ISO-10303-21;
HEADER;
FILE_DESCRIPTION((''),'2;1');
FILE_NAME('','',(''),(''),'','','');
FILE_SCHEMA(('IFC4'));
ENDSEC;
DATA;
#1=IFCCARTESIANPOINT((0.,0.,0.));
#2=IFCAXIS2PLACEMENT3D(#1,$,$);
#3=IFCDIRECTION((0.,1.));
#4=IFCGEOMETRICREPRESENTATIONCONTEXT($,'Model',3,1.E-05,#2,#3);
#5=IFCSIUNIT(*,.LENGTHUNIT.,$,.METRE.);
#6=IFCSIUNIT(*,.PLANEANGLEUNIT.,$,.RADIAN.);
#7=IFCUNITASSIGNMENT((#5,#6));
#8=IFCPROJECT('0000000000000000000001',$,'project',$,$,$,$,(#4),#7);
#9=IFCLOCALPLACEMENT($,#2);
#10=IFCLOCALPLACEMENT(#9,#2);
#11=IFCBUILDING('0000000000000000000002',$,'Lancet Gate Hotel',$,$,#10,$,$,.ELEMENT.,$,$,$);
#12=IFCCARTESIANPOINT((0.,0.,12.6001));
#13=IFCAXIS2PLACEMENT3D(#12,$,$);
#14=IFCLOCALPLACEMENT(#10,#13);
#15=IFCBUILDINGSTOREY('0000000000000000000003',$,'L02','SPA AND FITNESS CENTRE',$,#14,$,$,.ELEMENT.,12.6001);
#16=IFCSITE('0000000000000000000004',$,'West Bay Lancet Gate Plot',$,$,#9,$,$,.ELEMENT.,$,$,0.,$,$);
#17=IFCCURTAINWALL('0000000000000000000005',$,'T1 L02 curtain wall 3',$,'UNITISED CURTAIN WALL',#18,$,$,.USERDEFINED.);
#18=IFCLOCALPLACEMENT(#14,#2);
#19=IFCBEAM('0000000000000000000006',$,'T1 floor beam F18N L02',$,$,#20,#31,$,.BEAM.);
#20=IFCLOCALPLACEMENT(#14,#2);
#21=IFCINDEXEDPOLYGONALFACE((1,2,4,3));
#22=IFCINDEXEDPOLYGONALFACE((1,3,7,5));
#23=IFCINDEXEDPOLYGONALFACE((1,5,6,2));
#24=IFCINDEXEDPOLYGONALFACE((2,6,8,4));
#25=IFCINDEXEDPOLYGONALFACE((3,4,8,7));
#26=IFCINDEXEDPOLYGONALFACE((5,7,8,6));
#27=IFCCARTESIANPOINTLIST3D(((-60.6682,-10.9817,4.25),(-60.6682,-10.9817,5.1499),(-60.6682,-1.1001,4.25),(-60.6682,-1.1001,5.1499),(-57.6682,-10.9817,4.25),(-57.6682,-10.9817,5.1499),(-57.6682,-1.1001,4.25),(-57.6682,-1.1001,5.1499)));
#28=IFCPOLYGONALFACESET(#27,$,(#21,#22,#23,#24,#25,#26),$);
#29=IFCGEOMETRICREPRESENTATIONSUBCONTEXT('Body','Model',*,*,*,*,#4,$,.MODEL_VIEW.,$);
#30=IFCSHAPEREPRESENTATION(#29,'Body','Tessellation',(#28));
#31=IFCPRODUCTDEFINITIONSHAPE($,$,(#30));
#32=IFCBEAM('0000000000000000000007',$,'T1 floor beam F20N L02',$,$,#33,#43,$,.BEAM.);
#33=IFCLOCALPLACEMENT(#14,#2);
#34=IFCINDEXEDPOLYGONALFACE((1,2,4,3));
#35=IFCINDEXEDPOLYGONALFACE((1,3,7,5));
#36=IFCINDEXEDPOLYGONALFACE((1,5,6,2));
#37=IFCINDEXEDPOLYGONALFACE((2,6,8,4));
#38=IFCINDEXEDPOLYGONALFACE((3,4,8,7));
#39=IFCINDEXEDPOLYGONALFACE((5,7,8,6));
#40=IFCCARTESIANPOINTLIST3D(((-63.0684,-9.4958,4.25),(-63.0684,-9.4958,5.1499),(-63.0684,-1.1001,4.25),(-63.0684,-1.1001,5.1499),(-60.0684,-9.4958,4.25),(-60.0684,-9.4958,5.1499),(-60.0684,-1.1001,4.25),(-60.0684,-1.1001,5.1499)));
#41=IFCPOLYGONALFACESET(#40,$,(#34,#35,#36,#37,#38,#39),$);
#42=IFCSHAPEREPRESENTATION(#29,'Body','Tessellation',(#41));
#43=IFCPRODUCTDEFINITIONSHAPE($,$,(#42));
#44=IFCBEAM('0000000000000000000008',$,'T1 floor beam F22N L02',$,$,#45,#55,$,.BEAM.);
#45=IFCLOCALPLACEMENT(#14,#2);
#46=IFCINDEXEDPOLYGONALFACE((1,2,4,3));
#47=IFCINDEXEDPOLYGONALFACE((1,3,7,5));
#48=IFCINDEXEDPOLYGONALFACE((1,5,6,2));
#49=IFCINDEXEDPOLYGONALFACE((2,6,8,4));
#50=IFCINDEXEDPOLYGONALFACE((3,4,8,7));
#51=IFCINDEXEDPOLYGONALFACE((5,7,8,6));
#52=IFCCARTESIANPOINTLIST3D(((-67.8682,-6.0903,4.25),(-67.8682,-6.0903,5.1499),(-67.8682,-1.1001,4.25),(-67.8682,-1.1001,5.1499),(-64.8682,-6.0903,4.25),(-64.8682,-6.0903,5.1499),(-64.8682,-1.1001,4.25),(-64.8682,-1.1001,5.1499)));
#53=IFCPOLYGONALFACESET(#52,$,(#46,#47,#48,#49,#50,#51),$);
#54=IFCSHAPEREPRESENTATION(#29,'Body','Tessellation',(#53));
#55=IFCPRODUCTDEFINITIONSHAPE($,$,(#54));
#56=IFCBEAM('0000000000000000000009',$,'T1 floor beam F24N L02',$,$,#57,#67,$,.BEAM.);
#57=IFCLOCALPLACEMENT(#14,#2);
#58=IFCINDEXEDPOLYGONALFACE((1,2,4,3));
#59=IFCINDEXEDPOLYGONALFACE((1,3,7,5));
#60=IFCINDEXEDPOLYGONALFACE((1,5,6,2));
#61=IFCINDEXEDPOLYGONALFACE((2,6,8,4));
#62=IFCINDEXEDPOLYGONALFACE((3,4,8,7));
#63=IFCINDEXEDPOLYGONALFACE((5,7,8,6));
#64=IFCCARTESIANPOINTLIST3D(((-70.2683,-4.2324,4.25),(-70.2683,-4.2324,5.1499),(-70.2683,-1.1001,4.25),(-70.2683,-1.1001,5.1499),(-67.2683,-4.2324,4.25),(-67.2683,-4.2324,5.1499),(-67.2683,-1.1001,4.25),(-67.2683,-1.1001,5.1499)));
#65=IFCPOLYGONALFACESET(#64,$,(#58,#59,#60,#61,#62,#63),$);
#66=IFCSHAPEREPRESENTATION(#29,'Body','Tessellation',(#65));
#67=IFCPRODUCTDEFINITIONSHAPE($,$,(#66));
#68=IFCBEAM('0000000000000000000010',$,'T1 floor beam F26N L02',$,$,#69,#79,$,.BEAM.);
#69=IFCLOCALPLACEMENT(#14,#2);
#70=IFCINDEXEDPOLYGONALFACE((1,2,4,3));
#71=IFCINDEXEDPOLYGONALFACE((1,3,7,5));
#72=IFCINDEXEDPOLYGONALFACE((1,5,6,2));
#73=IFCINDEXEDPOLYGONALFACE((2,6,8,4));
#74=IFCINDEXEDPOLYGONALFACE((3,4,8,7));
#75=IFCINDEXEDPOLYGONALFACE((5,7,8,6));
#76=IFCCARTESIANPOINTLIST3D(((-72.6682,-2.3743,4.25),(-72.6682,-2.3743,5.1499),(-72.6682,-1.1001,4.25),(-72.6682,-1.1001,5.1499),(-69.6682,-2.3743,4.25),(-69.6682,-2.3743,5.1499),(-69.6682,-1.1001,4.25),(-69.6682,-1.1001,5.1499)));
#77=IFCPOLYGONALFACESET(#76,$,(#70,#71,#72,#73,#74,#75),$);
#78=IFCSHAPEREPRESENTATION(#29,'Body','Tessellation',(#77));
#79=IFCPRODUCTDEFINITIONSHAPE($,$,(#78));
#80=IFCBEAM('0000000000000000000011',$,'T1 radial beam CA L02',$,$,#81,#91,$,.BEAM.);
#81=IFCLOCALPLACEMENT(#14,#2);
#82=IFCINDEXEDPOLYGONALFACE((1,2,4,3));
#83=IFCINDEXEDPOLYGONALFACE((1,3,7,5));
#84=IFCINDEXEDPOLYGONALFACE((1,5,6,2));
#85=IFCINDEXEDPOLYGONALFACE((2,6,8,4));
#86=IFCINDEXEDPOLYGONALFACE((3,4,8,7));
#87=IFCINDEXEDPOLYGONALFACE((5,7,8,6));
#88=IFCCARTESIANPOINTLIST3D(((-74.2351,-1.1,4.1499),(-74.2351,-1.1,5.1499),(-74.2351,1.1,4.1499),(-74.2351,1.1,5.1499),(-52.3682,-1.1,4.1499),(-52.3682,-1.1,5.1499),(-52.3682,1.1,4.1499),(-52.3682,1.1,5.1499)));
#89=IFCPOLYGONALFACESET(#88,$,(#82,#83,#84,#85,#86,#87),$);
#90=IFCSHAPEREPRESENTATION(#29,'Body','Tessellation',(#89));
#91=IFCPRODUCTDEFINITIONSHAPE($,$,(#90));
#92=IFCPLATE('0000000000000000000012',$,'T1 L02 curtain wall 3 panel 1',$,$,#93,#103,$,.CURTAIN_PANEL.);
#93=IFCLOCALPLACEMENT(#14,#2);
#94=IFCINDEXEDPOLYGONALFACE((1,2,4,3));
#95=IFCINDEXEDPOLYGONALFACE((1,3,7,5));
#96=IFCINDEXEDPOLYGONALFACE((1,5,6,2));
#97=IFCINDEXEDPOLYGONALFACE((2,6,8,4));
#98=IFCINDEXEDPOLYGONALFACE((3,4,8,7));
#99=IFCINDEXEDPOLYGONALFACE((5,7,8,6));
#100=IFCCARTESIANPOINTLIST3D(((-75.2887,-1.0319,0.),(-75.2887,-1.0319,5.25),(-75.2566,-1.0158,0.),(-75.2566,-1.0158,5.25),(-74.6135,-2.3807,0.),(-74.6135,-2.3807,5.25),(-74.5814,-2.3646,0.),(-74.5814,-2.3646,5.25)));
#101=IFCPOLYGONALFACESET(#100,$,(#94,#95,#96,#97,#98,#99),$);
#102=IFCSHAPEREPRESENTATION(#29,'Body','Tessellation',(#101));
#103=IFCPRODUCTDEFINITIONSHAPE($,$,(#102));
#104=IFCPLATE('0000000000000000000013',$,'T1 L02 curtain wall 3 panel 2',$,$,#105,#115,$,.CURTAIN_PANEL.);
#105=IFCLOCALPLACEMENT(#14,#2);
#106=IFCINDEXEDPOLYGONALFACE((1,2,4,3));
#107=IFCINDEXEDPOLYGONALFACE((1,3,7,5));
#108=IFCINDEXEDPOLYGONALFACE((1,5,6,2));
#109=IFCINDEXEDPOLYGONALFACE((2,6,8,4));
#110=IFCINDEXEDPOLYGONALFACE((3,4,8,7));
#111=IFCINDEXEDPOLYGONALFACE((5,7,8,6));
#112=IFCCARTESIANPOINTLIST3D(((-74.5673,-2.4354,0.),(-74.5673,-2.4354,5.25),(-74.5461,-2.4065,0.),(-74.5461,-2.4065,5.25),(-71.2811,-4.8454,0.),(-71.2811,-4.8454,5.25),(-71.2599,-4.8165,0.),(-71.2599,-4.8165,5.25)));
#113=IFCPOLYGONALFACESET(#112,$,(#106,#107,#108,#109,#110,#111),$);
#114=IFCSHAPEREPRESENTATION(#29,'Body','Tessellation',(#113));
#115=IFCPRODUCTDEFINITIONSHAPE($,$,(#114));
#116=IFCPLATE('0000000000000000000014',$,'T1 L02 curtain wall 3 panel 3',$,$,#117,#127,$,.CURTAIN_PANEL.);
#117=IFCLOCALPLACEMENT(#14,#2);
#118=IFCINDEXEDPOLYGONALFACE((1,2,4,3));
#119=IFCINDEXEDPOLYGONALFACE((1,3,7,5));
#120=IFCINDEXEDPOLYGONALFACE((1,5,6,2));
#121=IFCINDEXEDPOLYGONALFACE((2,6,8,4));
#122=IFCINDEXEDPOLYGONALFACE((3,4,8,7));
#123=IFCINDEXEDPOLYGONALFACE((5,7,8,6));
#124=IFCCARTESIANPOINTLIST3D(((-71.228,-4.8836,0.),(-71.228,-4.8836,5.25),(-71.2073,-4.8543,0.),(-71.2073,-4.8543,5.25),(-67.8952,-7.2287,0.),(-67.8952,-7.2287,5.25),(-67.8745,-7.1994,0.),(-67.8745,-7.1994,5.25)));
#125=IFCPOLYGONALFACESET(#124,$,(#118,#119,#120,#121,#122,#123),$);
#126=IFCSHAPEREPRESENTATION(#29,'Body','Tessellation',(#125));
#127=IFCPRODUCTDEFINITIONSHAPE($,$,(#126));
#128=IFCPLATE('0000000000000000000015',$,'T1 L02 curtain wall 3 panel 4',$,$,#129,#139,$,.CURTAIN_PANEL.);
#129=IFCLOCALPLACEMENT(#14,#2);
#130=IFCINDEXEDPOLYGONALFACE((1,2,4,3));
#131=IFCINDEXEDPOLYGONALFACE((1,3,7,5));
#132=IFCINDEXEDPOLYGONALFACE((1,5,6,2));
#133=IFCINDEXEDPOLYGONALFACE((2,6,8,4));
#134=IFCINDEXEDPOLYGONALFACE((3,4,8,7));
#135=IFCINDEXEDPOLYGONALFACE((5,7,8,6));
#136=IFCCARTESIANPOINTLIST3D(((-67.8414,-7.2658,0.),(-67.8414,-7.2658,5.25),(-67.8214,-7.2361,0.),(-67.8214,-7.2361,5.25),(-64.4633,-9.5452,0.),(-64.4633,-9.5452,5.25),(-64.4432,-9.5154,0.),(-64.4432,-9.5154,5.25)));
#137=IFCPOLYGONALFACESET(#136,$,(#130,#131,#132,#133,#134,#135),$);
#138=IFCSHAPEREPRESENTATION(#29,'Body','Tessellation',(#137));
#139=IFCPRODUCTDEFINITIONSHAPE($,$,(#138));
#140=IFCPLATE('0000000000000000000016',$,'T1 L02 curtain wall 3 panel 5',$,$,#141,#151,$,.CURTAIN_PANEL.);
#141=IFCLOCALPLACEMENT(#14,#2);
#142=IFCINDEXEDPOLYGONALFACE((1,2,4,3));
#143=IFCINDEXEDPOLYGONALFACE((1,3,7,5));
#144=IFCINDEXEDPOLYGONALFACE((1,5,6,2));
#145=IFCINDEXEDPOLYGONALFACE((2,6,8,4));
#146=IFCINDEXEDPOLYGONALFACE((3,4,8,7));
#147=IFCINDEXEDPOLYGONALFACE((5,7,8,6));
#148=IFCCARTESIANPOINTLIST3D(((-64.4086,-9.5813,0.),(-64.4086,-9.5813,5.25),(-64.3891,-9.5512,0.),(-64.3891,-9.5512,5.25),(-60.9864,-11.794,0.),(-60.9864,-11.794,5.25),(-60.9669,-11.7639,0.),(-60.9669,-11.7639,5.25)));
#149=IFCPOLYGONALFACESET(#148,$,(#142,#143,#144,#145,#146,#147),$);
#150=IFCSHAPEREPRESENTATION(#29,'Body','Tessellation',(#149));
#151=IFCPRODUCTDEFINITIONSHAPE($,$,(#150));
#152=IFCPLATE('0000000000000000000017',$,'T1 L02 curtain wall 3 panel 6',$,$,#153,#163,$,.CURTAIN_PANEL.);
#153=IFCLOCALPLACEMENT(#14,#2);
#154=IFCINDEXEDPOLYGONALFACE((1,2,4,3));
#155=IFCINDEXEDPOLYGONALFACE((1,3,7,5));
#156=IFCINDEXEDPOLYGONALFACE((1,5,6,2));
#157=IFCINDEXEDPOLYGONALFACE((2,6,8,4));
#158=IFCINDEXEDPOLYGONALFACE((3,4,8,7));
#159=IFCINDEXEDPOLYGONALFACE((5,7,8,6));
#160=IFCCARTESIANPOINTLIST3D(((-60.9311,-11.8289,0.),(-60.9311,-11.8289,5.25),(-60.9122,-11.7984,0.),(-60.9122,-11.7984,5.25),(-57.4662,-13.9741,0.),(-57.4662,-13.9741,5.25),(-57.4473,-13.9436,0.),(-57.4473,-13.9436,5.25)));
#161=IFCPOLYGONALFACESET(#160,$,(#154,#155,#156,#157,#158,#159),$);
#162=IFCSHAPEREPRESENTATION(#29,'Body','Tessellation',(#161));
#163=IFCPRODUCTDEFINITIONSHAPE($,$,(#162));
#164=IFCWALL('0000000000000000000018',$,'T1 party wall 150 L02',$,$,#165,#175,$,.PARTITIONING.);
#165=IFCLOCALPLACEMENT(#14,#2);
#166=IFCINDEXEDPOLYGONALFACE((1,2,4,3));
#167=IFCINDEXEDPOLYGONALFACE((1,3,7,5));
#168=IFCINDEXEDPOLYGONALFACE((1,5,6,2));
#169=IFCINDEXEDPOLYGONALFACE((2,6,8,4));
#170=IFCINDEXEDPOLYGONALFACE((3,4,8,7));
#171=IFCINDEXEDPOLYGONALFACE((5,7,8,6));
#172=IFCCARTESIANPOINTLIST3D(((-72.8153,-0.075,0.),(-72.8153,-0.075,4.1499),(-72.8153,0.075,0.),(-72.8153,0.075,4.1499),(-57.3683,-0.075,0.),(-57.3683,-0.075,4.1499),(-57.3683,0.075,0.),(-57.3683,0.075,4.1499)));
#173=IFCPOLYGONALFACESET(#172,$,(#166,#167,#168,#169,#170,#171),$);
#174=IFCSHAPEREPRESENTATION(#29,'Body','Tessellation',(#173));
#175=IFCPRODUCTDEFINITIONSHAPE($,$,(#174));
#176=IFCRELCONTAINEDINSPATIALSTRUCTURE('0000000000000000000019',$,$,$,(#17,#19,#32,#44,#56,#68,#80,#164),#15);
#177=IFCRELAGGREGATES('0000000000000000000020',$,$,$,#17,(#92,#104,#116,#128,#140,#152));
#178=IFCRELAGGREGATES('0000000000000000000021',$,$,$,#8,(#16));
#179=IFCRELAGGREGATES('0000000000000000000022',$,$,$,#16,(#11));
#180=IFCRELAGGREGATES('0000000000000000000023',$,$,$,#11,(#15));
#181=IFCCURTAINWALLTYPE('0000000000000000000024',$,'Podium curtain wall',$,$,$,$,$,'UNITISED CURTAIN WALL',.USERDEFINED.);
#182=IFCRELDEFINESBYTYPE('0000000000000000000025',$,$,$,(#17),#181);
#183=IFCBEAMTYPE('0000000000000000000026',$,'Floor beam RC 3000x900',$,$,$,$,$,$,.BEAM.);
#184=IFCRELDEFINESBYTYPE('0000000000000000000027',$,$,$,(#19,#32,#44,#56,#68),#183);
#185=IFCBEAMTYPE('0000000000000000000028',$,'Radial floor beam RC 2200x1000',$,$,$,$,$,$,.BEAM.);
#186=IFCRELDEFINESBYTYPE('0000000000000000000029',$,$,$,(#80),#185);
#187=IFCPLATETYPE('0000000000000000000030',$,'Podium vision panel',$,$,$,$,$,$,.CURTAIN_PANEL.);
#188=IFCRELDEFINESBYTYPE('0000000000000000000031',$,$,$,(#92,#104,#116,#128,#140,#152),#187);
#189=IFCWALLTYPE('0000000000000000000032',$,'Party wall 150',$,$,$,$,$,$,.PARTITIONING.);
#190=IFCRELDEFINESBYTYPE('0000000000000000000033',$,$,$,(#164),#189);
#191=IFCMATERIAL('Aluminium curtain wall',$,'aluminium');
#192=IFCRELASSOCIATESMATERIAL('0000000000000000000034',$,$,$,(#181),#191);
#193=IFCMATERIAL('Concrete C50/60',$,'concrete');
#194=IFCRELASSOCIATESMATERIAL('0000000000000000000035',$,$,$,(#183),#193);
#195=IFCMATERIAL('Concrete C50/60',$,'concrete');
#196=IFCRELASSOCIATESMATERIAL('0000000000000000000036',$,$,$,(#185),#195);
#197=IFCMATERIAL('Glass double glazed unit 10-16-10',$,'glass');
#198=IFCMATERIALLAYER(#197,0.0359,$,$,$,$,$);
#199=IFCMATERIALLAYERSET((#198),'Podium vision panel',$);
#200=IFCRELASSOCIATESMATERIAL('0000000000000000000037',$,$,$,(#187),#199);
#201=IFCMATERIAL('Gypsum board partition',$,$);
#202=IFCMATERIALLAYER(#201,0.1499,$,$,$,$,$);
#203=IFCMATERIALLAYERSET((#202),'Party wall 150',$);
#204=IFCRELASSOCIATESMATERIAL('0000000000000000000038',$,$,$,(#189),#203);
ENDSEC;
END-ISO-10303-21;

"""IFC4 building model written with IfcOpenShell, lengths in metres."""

from ifc_helpers import new_model, si_unit, direction, frame, frame_2d, origin, origin_2d, place, context, subcontext, project, spatial, rectangle, extrude, material, layer, layer_set, material_profile, profile_set, type_object, element, aggregate, save


model = new_model("IFC4")

# Units and contexts
model_context = context("Model", 3, precision=1e-05, world=origin(), true_north=direction((0.0, 1.0)))
body_context = subcontext(model_context, "Body", "Model", "MODEL_VIEW")
ifc_project = project(units=[si_unit("LENGTHUNIT", "METRE"), si_unit("PLANEANGLEUNIT", "RADIAN")], contexts=[model_context])

# Site, building, storey
site_placement = place(None, origin())
site = spatial("IfcSite", under=ifc_project, at=site_placement, Name="West Bay Lancet Gate Plot", CompositionType="ELEMENT", RefElevation=0.0)
building_placement = place(site_placement, origin())
building = spatial("IfcBuilding", under=site, at=building_placement, Name="Lancet Gate Hotel", CompositionType="ELEMENT")
storey_placement = place(building_placement, frame((0.0, 0.0, 12.6001)))
storey = spatial("IfcBuildingStorey", under=building, at=storey_placement, Name="L02", Description="SPA AND FITNESS CENTRE", CompositionType="ELEMENT", Elevation=12.6001)

# Shared definitions
ifc_material_1 = material(Name="Aluminium curtain wall", Category="aluminium")
curtain_wall_type = type_object("IfcCurtainWallType", Name="Podium curtain wall", ElementType="UNITISED CURTAIN WALL", PredefinedType="USERDEFINED", material=ifc_material_1)

# Curtain wall
curtain_wall_1_placement = place(storey_placement, origin())
curtain_wall_1 = element("IfcCurtainWall", 1, at=curtain_wall_1_placement, inside=storey, type_object=curtain_wall_type, Name="T1 L02 curtain wall 3", ObjectType="UNITISED CURTAIN WALL", PredefinedType="USERDEFINED")

# Beams
ifc_material_2 = material(Name="Concrete C50/60", Category="concrete")
ifc_material_profile_1 = material_profile(ifc_material_2, rectangle(XDim=3.0, YDim=0.8999, at=origin_2d()), Name="RC 3000x900")
ifc_profile_set_1 = profile_set([ifc_material_profile_1], Name="Concrete C50/60")
beam_type_1 = type_object("IfcBeamType", Name="Floor beam RC 3000x900", PredefinedType="BEAM", material=ifc_profile_set_1)
beam_1_placement = place(storey_placement, frame((-59.1682, -1.1001, 4.7), z_axis=(0.0, -1.0, 0.0), x_axis=(1.0, 0.0, 0.0)))
element("IfcBeam", 2, at=beam_1_placement, inside=storey, type_object=beam_type_1, Name="T1 floor beam F18N L02", PredefinedType="BEAM", context=body_context, shape_type="SweptSolid", body=[
    extrude(rectangle(XDim=3.0, YDim=0.8999, at=origin_2d()), origin(), (0.0, 0.0, 1.0), 9.8816),
])
beam_2_placement = place(storey_placement, frame((-61.5684, -1.1001, 4.7), z_axis=(0.0, -1.0, 0.0), x_axis=(1.0, 0.0, 0.0)))
element("IfcBeam", 3, at=beam_2_placement, inside=storey, type_object=beam_type_1, Name="T1 floor beam F20N L02", PredefinedType="BEAM", context=body_context, shape_type="SweptSolid", body=[
    extrude(rectangle(XDim=3.0, YDim=0.8999, at=origin_2d()), origin(), (0.0, 0.0, 1.0), 8.3958),
])
beam_3_placement = place(storey_placement, frame((-66.3682, -1.1001, 4.7), z_axis=(0.0, -1.0, 0.0), x_axis=(1.0, 0.0, 0.0)))
element("IfcBeam", 4, at=beam_3_placement, inside=storey, type_object=beam_type_1, Name="T1 floor beam F22N L02", PredefinedType="BEAM", context=body_context, shape_type="SweptSolid", body=[
    extrude(rectangle(XDim=3.0, YDim=0.8999, at=origin_2d()), origin(), (0.0, 0.0, 1.0), 4.9902),
])
beam_4_placement = place(storey_placement, frame((-68.7683, -1.1001, 4.7), z_axis=(0.0, -1.0, 0.0), x_axis=(1.0, 0.0, 0.0)))
element("IfcBeam", 5, at=beam_4_placement, inside=storey, type_object=beam_type_1, Name="T1 floor beam F24N L02", PredefinedType="BEAM", context=body_context, shape_type="SweptSolid", body=[
    extrude(rectangle(XDim=3.0, YDim=0.8999, at=origin_2d()), origin(), (0.0, 0.0, 1.0), 3.1323),
])
beam_5_placement = place(storey_placement, frame((-71.1682, -1.1001, 4.7), z_axis=(0.0, -1.0, 0.0), x_axis=(1.0, 0.0, 0.0)))
element("IfcBeam", 6, at=beam_5_placement, inside=storey, type_object=beam_type_1, Name="T1 floor beam F26N L02", PredefinedType="BEAM", context=body_context, shape_type="SweptSolid", body=[
    extrude(rectangle(XDim=3.0, YDim=0.8999, at=origin_2d()), origin(), (0.0, 0.0, 1.0), 1.2742),
])
ifc_material_3 = material(Name="Concrete C50/60", Category="concrete")
ifc_material_profile_2 = material_profile(ifc_material_3, rectangle(XDim=2.2, YDim=1.0, at=origin_2d()), Name="RC 2200x1000")
ifc_profile_set_2 = profile_set([ifc_material_profile_2], Name="Concrete C50/60")
beam_type_2 = type_object("IfcBeamType", Name="Radial floor beam RC 2200x1000", PredefinedType="BEAM", material=ifc_profile_set_2)
beam_6_placement = place(storey_placement, frame((-74.2351, 0.0, 4.6499), z_axis=(1.0, 0.0, 0.0), x_axis=(0.0, 1.0, 0.0)))
element("IfcBeam", 7, at=beam_6_placement, inside=storey, type_object=beam_type_2, Name="T1 radial beam CA L02", PredefinedType="BEAM", context=body_context, shape_type="SweptSolid", body=[
    extrude(rectangle(XDim=2.2, YDim=1.0, at=origin_2d()), origin(), (0.0, 0.0, 1.0), 21.8669),
])

# Plates
ifc_material_4 = material(Name="Glass double glazed unit 10-16-10", Category="glass")
ifc_layer_1 = layer(ifc_material_4, 0.0359)
ifc_layer_set_1 = layer_set([ifc_layer_1], Name="Podium vision panel")
plate_type = type_object("IfcPlateType", Name="Podium vision panel", PredefinedType="CURTAIN_PANEL", material=ifc_layer_set_1)
plate_1_placement = place(storey_placement, frame((-74.9351, -1.6982, 0.0), z_axis=(0.0, 0.0, 1.0), x_axis=(0.447628, -0.89422, 0.0)))
plate_1 = element("IfcPlate", 8, at=plate_1_placement, type_object=plate_type, Name="T1 L02 curtain wall 3 panel 1", PredefinedType="CURTAIN_PANEL", context=body_context, shape_type="SweptSolid", body=[
    extrude(rectangle(XDim=1.5083, YDim=0.0359, at=origin_2d()), origin(), (0.0, 0.0, 1.0), 5.25),
])
plate_2_placement = place(storey_placement, frame((-72.9136, -3.626, 0.0), z_axis=(0.0, 0.0, 1.0), x_axis=(0.80639, -0.591384, 0.0)))
plate_2 = element("IfcPlate", 9, at=plate_2_placement, type_object=plate_type, Name="T1 L02 curtain wall 3 panel 2", PredefinedType="CURTAIN_PANEL", context=body_context, shape_type="SweptSolid", body=[
    extrude(rectangle(XDim=4.0752, YDim=0.0359, at=origin_2d()), origin(), (0.0, 0.0, 1.0), 5.25),
])
plate_3_placement = place(storey_placement, frame((-69.5513, -6.0415, 0.0), z_axis=(0.0, 0.0, 1.0), x_axis=(0.817825, -0.575467, 0.0)))
plate_3 = element("IfcPlate", 10, at=plate_3_placement, type_object=plate_type, Name="T1 L02 curtain wall 3 panel 3", PredefinedType="CURTAIN_PANEL", context=body_context, shape_type="SweptSolid", body=[
    extrude(rectangle(XDim=4.0752, YDim=0.0359, at=origin_2d()), origin(), (0.0, 0.0, 1.0), 5.25),
])
plate_4_placement = place(storey_placement, frame((-66.1423, -8.3906, 0.0), z_axis=(0.0, 0.0, 1.0), x_axis=(0.828946, -0.559329, 0.0)))
plate_4 = element("IfcPlate", 11, at=plate_4_placement, type_object=plate_type, Name="T1 L02 curtain wall 3 panel 4", PredefinedType="CURTAIN_PANEL", context=body_context, shape_type="SweptSolid", body=[
    extrude(rectangle(XDim=4.0752, YDim=0.0359, at=origin_2d()), origin(), (0.0, 0.0, 1.0), 5.25),
])
plate_5_placement = place(storey_placement, frame((-62.6877, -10.6726, 0.0), z_axis=(0.0, 0.0, 1.0), x_axis=(0.839749, -0.542975, 0.0)))
plate_5 = element("IfcPlate", 12, at=plate_5_placement, type_object=plate_type, Name="T1 L02 curtain wall 3 panel 5", PredefinedType="CURTAIN_PANEL", context=body_context, shape_type="SweptSolid", body=[
    extrude(rectangle(XDim=4.0752, YDim=0.0359, at=origin_2d()), origin(), (0.0, 0.0, 1.0), 5.25),
])
plate_6_placement = place(storey_placement, frame((-59.1892, -12.8862, 0.0), z_axis=(0.0, 0.0, 1.0), x_axis=(0.850229, -0.526414, 0.0)))
plate_6 = element("IfcPlate", 13, at=plate_6_placement, type_object=plate_type, Name="T1 L02 curtain wall 3 panel 6", PredefinedType="CURTAIN_PANEL", context=body_context, shape_type="SweptSolid", body=[
    extrude(rectangle(XDim=4.0752, YDim=0.0359, at=origin_2d()), origin(), (0.0, 0.0, 1.0), 5.25),
])
aggregate(curtain_wall_1, [plate_1, plate_2, plate_3, plate_4, plate_5, plate_6])

# Wall
ifc_material_5 = material(Name="Gypsum board partition")
ifc_layer_2 = layer(ifc_material_5, 0.1499)
ifc_layer_set_2 = layer_set([ifc_layer_2], Name="Party wall 150")
wall_type = type_object("IfcWallType", Name="Party wall 150", PredefinedType="PARTITIONING", material=ifc_layer_set_2)
wall_placement = place(storey_placement, frame((-57.3682, 0.0, 0.0), z_axis=(0.0, 0.0, 1.0), x_axis=(-1.0, 0.0, 0.0)))
element("IfcWall", 14, at=wall_placement, inside=storey, type_object=wall_type, Name="T1 party wall 150 L02", PredefinedType="PARTITIONING", context=body_context, shape_type="SweptSolid", body=[
    extrude(rectangle(XDim=15.447, YDim=0.1499, at=frame_2d((7.7236, 0.0))), origin(), (0.0, 0.0, 1.0), 4.1499),
])

save(model, "model.ifc")
